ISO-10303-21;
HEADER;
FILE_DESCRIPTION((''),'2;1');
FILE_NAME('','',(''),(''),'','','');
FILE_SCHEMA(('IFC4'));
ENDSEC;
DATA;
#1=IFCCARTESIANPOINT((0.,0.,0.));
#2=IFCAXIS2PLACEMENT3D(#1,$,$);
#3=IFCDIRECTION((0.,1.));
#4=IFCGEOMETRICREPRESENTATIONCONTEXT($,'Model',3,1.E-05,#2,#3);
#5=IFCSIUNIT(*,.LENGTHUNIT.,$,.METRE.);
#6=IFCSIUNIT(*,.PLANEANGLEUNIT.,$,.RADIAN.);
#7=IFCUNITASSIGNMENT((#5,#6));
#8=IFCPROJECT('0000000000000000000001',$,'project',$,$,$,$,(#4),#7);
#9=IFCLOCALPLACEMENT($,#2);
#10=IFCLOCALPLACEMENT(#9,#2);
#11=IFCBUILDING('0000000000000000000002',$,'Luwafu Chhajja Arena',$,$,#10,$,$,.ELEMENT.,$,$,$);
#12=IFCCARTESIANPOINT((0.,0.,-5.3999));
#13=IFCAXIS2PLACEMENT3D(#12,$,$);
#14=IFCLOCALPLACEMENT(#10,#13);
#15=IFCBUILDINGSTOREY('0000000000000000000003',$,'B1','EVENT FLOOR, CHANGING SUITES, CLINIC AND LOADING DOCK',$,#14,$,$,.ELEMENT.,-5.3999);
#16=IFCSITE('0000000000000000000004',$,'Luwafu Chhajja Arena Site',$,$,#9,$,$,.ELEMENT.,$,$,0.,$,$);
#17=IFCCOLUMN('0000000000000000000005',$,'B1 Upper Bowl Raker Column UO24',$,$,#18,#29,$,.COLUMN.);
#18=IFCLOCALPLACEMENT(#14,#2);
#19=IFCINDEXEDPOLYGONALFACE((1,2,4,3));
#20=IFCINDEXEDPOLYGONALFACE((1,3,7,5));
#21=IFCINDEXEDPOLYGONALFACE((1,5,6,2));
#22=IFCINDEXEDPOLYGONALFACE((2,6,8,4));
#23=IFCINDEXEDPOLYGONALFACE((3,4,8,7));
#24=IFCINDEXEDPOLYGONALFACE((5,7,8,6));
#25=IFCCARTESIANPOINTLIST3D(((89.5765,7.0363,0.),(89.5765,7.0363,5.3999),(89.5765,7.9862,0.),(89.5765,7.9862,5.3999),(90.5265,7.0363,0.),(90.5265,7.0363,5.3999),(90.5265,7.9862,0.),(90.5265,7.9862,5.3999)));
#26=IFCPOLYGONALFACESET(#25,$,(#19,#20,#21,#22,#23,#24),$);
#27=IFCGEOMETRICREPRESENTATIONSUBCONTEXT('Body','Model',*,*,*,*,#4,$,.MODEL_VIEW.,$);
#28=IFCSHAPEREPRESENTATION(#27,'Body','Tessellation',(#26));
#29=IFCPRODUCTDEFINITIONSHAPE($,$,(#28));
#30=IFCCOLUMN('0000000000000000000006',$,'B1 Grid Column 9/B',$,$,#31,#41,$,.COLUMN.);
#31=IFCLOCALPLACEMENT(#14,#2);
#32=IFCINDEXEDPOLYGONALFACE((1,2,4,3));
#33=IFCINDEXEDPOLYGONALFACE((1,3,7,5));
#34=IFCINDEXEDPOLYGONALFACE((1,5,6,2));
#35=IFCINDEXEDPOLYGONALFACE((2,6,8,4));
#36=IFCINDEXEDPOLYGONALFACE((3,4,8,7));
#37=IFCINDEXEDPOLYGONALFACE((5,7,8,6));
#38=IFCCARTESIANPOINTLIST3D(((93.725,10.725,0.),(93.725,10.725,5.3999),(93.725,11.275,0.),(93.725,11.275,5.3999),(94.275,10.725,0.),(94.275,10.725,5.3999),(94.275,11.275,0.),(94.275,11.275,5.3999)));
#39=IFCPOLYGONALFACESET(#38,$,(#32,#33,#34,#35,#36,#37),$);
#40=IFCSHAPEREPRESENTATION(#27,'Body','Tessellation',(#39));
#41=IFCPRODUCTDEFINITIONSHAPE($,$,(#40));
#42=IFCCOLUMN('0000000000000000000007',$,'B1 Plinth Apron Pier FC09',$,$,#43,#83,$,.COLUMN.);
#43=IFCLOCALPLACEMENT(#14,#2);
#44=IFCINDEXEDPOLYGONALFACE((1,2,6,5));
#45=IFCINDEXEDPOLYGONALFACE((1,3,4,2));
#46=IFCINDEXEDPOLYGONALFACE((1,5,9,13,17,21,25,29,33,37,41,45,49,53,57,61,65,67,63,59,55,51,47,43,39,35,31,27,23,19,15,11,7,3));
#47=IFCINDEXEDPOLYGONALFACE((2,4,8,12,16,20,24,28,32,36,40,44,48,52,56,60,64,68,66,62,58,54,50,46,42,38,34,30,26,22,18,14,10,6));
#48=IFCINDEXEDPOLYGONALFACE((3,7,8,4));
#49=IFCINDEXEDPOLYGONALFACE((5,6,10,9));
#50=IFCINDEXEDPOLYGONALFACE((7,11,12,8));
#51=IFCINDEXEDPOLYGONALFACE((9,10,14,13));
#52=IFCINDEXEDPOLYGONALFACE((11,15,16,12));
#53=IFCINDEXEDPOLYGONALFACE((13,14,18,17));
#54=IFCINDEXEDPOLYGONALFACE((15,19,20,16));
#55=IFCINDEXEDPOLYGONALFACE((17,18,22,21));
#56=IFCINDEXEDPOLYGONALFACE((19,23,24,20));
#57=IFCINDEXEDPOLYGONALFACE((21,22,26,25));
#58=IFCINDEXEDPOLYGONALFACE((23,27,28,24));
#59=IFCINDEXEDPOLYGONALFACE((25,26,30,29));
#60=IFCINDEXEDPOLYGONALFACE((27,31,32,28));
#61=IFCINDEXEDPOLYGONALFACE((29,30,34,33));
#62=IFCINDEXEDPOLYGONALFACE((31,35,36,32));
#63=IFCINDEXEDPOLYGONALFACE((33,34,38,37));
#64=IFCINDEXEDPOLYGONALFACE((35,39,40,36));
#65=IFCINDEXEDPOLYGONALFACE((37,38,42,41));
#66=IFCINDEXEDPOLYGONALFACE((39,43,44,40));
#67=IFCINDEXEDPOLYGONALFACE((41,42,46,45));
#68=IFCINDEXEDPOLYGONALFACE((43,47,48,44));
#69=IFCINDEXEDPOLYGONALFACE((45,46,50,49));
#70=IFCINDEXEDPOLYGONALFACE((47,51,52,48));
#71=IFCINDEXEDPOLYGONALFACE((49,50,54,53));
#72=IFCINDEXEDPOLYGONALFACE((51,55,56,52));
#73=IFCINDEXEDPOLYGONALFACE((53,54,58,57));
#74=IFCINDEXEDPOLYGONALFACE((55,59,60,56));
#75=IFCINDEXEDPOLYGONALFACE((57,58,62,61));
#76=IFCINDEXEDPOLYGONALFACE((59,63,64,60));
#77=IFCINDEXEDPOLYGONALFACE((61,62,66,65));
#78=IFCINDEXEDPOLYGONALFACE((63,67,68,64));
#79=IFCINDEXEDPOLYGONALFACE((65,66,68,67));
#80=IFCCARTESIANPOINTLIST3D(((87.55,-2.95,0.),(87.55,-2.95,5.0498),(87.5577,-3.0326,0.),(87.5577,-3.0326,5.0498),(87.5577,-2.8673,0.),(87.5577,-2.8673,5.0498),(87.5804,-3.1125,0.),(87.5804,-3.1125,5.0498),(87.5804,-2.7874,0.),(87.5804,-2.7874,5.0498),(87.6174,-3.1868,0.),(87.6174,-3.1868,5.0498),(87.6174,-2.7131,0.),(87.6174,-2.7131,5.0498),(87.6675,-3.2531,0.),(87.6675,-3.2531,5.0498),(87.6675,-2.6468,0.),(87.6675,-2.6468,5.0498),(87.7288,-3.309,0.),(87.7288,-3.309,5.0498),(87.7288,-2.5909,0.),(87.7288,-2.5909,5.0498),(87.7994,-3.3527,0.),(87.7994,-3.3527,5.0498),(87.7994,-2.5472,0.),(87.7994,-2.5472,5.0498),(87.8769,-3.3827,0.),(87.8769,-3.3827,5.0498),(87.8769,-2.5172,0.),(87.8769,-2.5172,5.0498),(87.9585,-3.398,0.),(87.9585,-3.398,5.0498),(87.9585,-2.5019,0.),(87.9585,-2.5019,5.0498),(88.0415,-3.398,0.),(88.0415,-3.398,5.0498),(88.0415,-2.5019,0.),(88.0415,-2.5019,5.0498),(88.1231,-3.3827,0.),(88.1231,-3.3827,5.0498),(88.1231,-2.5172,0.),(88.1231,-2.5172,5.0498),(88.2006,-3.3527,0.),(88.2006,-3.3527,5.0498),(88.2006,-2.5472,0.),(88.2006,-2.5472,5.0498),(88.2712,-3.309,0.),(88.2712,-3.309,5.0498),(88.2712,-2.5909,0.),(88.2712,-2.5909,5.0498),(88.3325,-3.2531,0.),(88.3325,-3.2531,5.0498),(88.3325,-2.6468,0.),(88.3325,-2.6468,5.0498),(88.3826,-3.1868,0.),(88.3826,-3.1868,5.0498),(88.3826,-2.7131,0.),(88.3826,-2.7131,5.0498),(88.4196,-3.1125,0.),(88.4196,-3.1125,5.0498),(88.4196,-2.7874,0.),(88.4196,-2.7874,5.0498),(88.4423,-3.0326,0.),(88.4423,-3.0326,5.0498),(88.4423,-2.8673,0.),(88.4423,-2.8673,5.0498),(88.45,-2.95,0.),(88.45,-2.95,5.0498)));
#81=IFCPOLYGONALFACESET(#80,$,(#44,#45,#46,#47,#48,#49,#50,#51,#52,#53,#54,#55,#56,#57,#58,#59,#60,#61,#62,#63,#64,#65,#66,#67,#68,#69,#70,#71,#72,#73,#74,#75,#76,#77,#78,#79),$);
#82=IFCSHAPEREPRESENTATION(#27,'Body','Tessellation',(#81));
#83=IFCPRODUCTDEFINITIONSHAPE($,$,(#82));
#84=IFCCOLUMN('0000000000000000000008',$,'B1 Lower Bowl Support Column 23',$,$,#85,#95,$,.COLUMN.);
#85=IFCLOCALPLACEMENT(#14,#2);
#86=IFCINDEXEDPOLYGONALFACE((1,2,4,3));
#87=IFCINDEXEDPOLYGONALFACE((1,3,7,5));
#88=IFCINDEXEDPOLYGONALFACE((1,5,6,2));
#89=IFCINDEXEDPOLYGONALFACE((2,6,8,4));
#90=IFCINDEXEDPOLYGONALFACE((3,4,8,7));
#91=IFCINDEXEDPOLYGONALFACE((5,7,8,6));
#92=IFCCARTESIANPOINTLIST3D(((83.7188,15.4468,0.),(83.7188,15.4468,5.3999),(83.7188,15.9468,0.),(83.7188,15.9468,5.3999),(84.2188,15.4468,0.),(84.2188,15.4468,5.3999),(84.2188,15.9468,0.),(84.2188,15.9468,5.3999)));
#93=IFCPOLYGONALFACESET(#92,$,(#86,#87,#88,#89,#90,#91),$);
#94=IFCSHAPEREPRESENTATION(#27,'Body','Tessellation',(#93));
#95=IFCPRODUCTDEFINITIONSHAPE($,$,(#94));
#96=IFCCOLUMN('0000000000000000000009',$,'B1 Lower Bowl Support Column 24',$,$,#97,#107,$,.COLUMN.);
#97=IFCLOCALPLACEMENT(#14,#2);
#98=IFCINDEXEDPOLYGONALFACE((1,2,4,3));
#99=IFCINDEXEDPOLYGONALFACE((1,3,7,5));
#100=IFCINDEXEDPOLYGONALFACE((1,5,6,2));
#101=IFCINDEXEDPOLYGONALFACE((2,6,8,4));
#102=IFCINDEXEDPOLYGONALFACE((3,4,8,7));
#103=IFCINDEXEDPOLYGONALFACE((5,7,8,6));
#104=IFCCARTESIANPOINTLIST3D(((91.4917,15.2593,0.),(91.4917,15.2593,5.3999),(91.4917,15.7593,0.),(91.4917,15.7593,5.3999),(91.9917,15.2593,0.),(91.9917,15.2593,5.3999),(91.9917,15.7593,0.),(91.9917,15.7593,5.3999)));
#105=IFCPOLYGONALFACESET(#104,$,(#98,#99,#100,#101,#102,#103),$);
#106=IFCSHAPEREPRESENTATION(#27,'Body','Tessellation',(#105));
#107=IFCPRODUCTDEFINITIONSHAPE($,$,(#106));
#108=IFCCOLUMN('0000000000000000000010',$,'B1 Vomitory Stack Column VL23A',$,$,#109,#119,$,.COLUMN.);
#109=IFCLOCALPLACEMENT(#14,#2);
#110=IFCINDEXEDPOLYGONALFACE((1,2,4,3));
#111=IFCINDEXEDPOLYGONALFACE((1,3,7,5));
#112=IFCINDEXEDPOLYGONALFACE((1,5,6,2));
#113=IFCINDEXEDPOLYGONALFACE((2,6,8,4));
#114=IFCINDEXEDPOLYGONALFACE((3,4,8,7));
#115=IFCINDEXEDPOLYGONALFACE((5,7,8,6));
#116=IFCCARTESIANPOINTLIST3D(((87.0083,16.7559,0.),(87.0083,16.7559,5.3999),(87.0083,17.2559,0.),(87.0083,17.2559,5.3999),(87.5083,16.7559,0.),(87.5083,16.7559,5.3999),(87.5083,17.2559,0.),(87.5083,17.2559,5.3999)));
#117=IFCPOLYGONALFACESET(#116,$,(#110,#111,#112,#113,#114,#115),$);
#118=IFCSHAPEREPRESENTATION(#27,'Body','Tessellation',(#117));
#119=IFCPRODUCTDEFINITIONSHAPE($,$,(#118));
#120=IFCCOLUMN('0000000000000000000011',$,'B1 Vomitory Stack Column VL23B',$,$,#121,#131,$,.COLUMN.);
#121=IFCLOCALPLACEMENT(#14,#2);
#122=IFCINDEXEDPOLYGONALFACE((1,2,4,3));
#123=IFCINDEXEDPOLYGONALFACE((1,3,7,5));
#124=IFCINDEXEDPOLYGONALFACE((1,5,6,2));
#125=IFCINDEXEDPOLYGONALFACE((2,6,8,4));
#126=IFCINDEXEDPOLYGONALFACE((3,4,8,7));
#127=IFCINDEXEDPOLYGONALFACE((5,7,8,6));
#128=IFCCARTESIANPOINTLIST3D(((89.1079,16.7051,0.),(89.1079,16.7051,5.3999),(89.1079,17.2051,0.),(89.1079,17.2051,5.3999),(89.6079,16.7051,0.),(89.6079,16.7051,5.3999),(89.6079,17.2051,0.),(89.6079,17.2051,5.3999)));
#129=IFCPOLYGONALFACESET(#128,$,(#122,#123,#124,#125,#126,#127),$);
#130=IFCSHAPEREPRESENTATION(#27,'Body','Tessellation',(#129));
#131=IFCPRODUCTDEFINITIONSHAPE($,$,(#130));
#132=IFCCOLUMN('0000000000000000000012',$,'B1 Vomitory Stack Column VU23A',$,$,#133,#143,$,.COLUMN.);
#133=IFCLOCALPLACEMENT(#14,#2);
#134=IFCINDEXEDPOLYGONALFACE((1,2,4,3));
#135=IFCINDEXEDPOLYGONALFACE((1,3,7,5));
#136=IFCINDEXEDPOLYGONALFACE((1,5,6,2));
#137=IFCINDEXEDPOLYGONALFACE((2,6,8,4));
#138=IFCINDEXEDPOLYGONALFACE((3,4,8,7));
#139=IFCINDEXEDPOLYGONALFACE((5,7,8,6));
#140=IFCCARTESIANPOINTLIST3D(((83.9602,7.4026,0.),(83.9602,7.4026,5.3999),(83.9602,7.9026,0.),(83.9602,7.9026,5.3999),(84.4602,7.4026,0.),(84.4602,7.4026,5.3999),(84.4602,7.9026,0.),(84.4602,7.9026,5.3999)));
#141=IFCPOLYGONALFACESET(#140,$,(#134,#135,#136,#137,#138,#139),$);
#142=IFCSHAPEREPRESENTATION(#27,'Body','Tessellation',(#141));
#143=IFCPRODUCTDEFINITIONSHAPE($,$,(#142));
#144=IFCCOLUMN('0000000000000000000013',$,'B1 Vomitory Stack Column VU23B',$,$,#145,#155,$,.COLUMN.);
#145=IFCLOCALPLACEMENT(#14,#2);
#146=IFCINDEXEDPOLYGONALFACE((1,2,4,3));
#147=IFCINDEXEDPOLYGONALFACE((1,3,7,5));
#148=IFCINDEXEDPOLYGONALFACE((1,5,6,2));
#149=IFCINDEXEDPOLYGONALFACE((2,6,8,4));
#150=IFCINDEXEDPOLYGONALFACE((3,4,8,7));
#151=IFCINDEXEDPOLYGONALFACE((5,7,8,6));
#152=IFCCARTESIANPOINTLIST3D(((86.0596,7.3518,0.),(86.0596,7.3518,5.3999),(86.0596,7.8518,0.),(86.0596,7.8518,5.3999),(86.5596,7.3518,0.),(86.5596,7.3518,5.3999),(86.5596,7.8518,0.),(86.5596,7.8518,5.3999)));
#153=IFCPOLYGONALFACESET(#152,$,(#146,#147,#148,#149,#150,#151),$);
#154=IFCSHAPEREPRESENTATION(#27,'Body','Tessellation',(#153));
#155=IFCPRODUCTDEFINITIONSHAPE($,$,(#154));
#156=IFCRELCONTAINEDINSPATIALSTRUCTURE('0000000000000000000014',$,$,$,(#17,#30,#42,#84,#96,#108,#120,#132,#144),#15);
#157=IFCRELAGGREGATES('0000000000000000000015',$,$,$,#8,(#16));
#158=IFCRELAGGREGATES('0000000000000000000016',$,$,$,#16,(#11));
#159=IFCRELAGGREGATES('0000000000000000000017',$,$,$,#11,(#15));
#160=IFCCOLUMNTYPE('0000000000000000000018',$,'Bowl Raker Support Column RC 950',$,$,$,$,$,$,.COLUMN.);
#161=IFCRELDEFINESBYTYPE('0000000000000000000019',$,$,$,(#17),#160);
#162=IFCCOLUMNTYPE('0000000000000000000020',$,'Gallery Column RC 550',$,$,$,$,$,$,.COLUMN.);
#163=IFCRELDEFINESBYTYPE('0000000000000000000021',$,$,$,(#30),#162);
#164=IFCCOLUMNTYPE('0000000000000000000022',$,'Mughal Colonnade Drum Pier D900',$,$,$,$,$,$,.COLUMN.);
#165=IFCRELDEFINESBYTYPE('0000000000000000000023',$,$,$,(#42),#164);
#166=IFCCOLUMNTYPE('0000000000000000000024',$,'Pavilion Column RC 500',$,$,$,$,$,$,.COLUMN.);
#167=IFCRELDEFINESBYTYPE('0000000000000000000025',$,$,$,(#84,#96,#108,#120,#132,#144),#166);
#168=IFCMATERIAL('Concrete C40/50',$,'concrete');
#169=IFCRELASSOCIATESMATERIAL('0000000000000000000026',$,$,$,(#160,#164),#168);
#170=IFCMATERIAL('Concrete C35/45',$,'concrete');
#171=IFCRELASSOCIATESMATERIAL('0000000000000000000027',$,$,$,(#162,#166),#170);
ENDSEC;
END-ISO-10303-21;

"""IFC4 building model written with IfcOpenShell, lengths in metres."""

from ifc_helpers import new_model, si_unit, direction, frame, origin, origin_2d, place, context, subcontext, project, spatial, rectangle, circle, extrude, material, material_profile, profile_set, type_object, element, save


model = new_model("IFC4")

# Units and contexts
model_context = context("Model", 3, precision=1e-05, world=origin(), true_north=direction((0.0, 1.0)))
body_context = subcontext(model_context, "Body", "Model", "MODEL_VIEW")
ifc_project = project(units=[si_unit("LENGTHUNIT", "METRE"), si_unit("PLANEANGLEUNIT", "RADIAN")], contexts=[model_context])

# Site, building, storey
site_placement = place(None, origin())
site = spatial("IfcSite", under=ifc_project, at=site_placement, Name="Luwafu Chhajja Arena Site", CompositionType="ELEMENT", RefElevation=0.0)
building_placement = place(site_placement, origin())
building = spatial("IfcBuilding", under=site, at=building_placement, Name="Luwafu Chhajja Arena", CompositionType="ELEMENT")
storey_placement = place(building_placement, frame((0.0, 0.0, -5.3999)))
storey = spatial("IfcBuildingStorey", under=building, at=storey_placement, Name="B1", Description="EVENT FLOOR, CHANGING SUITES, CLINIC AND LOADING DOCK", CompositionType="ELEMENT", Elevation=-5.3999)

# Shared definitions
ifc_material_1 = material(Name="Concrete C35/45", Category="concrete")

# Columns
ifc_material_2 = material(Name="Concrete C40/50", Category="concrete")
ifc_material_profile_1 = material_profile(ifc_material_2, rectangle(XDim=0.95, YDim=0.95, at=origin_2d()), Name="RC 950x950")
ifc_profile_set_1 = profile_set([ifc_material_profile_1], Name="Concrete C40/50")
column_type_1 = type_object("IfcColumnType", Name="Bowl Raker Support Column RC 950", PredefinedType="COLUMN", material=ifc_profile_set_1)
column_1_placement = place(storey_placement, frame((90.0515, 7.5112, 0.0), z_axis=(0.0, 0.0, 1.0), x_axis=(1.0, 0.0, 0.0)))
element("IfcColumn", 1, at=column_1_placement, inside=storey, type_object=column_type_1, Name="B1 Upper Bowl Raker Column UO24", PredefinedType="COLUMN", context=body_context, shape_type="SweptSolid", body=[
    extrude(rectangle(XDim=0.95, YDim=0.95, at=origin_2d()), origin(), (0.0, 0.0, 1.0), 5.3999),
])
ifc_material_profile_2 = material_profile(ifc_material_1, rectangle(XDim=0.55, YDim=0.55, at=origin_2d()), Name="RC 550x550")
ifc_profile_set_2 = profile_set([ifc_material_profile_2], Name="Concrete C35/45")
column_type_2 = type_object("IfcColumnType", Name="Gallery Column RC 550", PredefinedType="COLUMN", material=ifc_profile_set_2)
column_2_placement = place(storey_placement, frame((94.0, 11.0, 0.0), z_axis=(0.0, 0.0, 1.0), x_axis=(1.0, 0.0, 0.0)))
element("IfcColumn", 2, at=column_2_placement, inside=storey, type_object=column_type_2, Name="B1 Grid Column 9/B", PredefinedType="COLUMN", context=body_context, shape_type="SweptSolid", body=[
    extrude(rectangle(XDim=0.55, YDim=0.55, at=origin_2d()), origin(), (0.0, 0.0, 1.0), 5.3999),
])
ifc_material_profile_3 = material_profile(ifc_material_2, circle(Radius=0.45, at=origin_2d()), Name="RC COL D900")
ifc_profile_set_3 = profile_set([ifc_material_profile_3], Name="Concrete C40/50")
column_type_3 = type_object("IfcColumnType", Name="Mughal Colonnade Drum Pier D900", PredefinedType="COLUMN", material=ifc_profile_set_3)
column_3_placement = place(storey_placement, frame((88.0, -2.95, 0.0), z_axis=(0.0, 0.0, 1.0), x_axis=(1.0, 0.0, 0.0)))
element("IfcColumn", 3, at=column_3_placement, inside=storey, type_object=column_type_3, Name="B1 Plinth Apron Pier FC09", PredefinedType="COLUMN", context=body_context, shape_type="SweptSolid", body=[
    extrude(circle(Radius=0.45, at=origin_2d()), origin(), (0.0, 0.0, 1.0), 5.0498),
])
ifc_material_profile_4 = material_profile(ifc_material_1, rectangle(XDim=0.5, YDim=0.5, at=origin_2d()), Name="RC 500x500")
ifc_profile_set_4 = profile_set([ifc_material_profile_4], Name="Concrete C35/45")
column_type_4 = type_object("IfcColumnType", Name="Pavilion Column RC 500", PredefinedType="COLUMN", material=ifc_profile_set_4)
for number, where, z_axis, x_axis, name in (
    (4, (83.9688, 15.6968, 0.0), (0.0, 0.0, 1.0), (1.0, 0.0, 0.0), "B1 Lower Bowl Support Column 23"),
    (5, (91.7417, 15.5093, 0.0), (0.0, 0.0, 1.0), (1.0, 0.0, 0.0), "B1 Lower Bowl Support Column 24"),
    (6, (87.2583, 17.0059, 0.0), (0.0, 0.0, 1.0), (1.0, 0.0, 0.0), "B1 Vomitory Stack Column VL23A"),
    (7, (89.3579, 16.9551, 0.0), (0.0, 0.0, 1.0), (1.0, 0.0, 0.0), "B1 Vomitory Stack Column VL23B"),
    (8, (84.2102, 7.6526, 0.0), (0.0, 0.0, 1.0), (1.0, 0.0, 0.0), "B1 Vomitory Stack Column VU23A"),
    (9, (86.3096, 7.6018, 0.0), (0.0, 0.0, 1.0), (1.0, 0.0, 0.0), "B1 Vomitory Stack Column VU23B"),
):
    element("IfcColumn", number, at=place(storey_placement, frame(where, z_axis=z_axis, x_axis=x_axis)), inside=storey, type_object=column_type_4, Name=name, PredefinedType="COLUMN", context=body_context, shape_type="SweptSolid", body=[
        extrude(rectangle(XDim=0.5, YDim=0.5, at=origin_2d()), origin(), (0.0, 0.0, 1.0), 5.3999),
    ])

save(model, "model.ifc")
